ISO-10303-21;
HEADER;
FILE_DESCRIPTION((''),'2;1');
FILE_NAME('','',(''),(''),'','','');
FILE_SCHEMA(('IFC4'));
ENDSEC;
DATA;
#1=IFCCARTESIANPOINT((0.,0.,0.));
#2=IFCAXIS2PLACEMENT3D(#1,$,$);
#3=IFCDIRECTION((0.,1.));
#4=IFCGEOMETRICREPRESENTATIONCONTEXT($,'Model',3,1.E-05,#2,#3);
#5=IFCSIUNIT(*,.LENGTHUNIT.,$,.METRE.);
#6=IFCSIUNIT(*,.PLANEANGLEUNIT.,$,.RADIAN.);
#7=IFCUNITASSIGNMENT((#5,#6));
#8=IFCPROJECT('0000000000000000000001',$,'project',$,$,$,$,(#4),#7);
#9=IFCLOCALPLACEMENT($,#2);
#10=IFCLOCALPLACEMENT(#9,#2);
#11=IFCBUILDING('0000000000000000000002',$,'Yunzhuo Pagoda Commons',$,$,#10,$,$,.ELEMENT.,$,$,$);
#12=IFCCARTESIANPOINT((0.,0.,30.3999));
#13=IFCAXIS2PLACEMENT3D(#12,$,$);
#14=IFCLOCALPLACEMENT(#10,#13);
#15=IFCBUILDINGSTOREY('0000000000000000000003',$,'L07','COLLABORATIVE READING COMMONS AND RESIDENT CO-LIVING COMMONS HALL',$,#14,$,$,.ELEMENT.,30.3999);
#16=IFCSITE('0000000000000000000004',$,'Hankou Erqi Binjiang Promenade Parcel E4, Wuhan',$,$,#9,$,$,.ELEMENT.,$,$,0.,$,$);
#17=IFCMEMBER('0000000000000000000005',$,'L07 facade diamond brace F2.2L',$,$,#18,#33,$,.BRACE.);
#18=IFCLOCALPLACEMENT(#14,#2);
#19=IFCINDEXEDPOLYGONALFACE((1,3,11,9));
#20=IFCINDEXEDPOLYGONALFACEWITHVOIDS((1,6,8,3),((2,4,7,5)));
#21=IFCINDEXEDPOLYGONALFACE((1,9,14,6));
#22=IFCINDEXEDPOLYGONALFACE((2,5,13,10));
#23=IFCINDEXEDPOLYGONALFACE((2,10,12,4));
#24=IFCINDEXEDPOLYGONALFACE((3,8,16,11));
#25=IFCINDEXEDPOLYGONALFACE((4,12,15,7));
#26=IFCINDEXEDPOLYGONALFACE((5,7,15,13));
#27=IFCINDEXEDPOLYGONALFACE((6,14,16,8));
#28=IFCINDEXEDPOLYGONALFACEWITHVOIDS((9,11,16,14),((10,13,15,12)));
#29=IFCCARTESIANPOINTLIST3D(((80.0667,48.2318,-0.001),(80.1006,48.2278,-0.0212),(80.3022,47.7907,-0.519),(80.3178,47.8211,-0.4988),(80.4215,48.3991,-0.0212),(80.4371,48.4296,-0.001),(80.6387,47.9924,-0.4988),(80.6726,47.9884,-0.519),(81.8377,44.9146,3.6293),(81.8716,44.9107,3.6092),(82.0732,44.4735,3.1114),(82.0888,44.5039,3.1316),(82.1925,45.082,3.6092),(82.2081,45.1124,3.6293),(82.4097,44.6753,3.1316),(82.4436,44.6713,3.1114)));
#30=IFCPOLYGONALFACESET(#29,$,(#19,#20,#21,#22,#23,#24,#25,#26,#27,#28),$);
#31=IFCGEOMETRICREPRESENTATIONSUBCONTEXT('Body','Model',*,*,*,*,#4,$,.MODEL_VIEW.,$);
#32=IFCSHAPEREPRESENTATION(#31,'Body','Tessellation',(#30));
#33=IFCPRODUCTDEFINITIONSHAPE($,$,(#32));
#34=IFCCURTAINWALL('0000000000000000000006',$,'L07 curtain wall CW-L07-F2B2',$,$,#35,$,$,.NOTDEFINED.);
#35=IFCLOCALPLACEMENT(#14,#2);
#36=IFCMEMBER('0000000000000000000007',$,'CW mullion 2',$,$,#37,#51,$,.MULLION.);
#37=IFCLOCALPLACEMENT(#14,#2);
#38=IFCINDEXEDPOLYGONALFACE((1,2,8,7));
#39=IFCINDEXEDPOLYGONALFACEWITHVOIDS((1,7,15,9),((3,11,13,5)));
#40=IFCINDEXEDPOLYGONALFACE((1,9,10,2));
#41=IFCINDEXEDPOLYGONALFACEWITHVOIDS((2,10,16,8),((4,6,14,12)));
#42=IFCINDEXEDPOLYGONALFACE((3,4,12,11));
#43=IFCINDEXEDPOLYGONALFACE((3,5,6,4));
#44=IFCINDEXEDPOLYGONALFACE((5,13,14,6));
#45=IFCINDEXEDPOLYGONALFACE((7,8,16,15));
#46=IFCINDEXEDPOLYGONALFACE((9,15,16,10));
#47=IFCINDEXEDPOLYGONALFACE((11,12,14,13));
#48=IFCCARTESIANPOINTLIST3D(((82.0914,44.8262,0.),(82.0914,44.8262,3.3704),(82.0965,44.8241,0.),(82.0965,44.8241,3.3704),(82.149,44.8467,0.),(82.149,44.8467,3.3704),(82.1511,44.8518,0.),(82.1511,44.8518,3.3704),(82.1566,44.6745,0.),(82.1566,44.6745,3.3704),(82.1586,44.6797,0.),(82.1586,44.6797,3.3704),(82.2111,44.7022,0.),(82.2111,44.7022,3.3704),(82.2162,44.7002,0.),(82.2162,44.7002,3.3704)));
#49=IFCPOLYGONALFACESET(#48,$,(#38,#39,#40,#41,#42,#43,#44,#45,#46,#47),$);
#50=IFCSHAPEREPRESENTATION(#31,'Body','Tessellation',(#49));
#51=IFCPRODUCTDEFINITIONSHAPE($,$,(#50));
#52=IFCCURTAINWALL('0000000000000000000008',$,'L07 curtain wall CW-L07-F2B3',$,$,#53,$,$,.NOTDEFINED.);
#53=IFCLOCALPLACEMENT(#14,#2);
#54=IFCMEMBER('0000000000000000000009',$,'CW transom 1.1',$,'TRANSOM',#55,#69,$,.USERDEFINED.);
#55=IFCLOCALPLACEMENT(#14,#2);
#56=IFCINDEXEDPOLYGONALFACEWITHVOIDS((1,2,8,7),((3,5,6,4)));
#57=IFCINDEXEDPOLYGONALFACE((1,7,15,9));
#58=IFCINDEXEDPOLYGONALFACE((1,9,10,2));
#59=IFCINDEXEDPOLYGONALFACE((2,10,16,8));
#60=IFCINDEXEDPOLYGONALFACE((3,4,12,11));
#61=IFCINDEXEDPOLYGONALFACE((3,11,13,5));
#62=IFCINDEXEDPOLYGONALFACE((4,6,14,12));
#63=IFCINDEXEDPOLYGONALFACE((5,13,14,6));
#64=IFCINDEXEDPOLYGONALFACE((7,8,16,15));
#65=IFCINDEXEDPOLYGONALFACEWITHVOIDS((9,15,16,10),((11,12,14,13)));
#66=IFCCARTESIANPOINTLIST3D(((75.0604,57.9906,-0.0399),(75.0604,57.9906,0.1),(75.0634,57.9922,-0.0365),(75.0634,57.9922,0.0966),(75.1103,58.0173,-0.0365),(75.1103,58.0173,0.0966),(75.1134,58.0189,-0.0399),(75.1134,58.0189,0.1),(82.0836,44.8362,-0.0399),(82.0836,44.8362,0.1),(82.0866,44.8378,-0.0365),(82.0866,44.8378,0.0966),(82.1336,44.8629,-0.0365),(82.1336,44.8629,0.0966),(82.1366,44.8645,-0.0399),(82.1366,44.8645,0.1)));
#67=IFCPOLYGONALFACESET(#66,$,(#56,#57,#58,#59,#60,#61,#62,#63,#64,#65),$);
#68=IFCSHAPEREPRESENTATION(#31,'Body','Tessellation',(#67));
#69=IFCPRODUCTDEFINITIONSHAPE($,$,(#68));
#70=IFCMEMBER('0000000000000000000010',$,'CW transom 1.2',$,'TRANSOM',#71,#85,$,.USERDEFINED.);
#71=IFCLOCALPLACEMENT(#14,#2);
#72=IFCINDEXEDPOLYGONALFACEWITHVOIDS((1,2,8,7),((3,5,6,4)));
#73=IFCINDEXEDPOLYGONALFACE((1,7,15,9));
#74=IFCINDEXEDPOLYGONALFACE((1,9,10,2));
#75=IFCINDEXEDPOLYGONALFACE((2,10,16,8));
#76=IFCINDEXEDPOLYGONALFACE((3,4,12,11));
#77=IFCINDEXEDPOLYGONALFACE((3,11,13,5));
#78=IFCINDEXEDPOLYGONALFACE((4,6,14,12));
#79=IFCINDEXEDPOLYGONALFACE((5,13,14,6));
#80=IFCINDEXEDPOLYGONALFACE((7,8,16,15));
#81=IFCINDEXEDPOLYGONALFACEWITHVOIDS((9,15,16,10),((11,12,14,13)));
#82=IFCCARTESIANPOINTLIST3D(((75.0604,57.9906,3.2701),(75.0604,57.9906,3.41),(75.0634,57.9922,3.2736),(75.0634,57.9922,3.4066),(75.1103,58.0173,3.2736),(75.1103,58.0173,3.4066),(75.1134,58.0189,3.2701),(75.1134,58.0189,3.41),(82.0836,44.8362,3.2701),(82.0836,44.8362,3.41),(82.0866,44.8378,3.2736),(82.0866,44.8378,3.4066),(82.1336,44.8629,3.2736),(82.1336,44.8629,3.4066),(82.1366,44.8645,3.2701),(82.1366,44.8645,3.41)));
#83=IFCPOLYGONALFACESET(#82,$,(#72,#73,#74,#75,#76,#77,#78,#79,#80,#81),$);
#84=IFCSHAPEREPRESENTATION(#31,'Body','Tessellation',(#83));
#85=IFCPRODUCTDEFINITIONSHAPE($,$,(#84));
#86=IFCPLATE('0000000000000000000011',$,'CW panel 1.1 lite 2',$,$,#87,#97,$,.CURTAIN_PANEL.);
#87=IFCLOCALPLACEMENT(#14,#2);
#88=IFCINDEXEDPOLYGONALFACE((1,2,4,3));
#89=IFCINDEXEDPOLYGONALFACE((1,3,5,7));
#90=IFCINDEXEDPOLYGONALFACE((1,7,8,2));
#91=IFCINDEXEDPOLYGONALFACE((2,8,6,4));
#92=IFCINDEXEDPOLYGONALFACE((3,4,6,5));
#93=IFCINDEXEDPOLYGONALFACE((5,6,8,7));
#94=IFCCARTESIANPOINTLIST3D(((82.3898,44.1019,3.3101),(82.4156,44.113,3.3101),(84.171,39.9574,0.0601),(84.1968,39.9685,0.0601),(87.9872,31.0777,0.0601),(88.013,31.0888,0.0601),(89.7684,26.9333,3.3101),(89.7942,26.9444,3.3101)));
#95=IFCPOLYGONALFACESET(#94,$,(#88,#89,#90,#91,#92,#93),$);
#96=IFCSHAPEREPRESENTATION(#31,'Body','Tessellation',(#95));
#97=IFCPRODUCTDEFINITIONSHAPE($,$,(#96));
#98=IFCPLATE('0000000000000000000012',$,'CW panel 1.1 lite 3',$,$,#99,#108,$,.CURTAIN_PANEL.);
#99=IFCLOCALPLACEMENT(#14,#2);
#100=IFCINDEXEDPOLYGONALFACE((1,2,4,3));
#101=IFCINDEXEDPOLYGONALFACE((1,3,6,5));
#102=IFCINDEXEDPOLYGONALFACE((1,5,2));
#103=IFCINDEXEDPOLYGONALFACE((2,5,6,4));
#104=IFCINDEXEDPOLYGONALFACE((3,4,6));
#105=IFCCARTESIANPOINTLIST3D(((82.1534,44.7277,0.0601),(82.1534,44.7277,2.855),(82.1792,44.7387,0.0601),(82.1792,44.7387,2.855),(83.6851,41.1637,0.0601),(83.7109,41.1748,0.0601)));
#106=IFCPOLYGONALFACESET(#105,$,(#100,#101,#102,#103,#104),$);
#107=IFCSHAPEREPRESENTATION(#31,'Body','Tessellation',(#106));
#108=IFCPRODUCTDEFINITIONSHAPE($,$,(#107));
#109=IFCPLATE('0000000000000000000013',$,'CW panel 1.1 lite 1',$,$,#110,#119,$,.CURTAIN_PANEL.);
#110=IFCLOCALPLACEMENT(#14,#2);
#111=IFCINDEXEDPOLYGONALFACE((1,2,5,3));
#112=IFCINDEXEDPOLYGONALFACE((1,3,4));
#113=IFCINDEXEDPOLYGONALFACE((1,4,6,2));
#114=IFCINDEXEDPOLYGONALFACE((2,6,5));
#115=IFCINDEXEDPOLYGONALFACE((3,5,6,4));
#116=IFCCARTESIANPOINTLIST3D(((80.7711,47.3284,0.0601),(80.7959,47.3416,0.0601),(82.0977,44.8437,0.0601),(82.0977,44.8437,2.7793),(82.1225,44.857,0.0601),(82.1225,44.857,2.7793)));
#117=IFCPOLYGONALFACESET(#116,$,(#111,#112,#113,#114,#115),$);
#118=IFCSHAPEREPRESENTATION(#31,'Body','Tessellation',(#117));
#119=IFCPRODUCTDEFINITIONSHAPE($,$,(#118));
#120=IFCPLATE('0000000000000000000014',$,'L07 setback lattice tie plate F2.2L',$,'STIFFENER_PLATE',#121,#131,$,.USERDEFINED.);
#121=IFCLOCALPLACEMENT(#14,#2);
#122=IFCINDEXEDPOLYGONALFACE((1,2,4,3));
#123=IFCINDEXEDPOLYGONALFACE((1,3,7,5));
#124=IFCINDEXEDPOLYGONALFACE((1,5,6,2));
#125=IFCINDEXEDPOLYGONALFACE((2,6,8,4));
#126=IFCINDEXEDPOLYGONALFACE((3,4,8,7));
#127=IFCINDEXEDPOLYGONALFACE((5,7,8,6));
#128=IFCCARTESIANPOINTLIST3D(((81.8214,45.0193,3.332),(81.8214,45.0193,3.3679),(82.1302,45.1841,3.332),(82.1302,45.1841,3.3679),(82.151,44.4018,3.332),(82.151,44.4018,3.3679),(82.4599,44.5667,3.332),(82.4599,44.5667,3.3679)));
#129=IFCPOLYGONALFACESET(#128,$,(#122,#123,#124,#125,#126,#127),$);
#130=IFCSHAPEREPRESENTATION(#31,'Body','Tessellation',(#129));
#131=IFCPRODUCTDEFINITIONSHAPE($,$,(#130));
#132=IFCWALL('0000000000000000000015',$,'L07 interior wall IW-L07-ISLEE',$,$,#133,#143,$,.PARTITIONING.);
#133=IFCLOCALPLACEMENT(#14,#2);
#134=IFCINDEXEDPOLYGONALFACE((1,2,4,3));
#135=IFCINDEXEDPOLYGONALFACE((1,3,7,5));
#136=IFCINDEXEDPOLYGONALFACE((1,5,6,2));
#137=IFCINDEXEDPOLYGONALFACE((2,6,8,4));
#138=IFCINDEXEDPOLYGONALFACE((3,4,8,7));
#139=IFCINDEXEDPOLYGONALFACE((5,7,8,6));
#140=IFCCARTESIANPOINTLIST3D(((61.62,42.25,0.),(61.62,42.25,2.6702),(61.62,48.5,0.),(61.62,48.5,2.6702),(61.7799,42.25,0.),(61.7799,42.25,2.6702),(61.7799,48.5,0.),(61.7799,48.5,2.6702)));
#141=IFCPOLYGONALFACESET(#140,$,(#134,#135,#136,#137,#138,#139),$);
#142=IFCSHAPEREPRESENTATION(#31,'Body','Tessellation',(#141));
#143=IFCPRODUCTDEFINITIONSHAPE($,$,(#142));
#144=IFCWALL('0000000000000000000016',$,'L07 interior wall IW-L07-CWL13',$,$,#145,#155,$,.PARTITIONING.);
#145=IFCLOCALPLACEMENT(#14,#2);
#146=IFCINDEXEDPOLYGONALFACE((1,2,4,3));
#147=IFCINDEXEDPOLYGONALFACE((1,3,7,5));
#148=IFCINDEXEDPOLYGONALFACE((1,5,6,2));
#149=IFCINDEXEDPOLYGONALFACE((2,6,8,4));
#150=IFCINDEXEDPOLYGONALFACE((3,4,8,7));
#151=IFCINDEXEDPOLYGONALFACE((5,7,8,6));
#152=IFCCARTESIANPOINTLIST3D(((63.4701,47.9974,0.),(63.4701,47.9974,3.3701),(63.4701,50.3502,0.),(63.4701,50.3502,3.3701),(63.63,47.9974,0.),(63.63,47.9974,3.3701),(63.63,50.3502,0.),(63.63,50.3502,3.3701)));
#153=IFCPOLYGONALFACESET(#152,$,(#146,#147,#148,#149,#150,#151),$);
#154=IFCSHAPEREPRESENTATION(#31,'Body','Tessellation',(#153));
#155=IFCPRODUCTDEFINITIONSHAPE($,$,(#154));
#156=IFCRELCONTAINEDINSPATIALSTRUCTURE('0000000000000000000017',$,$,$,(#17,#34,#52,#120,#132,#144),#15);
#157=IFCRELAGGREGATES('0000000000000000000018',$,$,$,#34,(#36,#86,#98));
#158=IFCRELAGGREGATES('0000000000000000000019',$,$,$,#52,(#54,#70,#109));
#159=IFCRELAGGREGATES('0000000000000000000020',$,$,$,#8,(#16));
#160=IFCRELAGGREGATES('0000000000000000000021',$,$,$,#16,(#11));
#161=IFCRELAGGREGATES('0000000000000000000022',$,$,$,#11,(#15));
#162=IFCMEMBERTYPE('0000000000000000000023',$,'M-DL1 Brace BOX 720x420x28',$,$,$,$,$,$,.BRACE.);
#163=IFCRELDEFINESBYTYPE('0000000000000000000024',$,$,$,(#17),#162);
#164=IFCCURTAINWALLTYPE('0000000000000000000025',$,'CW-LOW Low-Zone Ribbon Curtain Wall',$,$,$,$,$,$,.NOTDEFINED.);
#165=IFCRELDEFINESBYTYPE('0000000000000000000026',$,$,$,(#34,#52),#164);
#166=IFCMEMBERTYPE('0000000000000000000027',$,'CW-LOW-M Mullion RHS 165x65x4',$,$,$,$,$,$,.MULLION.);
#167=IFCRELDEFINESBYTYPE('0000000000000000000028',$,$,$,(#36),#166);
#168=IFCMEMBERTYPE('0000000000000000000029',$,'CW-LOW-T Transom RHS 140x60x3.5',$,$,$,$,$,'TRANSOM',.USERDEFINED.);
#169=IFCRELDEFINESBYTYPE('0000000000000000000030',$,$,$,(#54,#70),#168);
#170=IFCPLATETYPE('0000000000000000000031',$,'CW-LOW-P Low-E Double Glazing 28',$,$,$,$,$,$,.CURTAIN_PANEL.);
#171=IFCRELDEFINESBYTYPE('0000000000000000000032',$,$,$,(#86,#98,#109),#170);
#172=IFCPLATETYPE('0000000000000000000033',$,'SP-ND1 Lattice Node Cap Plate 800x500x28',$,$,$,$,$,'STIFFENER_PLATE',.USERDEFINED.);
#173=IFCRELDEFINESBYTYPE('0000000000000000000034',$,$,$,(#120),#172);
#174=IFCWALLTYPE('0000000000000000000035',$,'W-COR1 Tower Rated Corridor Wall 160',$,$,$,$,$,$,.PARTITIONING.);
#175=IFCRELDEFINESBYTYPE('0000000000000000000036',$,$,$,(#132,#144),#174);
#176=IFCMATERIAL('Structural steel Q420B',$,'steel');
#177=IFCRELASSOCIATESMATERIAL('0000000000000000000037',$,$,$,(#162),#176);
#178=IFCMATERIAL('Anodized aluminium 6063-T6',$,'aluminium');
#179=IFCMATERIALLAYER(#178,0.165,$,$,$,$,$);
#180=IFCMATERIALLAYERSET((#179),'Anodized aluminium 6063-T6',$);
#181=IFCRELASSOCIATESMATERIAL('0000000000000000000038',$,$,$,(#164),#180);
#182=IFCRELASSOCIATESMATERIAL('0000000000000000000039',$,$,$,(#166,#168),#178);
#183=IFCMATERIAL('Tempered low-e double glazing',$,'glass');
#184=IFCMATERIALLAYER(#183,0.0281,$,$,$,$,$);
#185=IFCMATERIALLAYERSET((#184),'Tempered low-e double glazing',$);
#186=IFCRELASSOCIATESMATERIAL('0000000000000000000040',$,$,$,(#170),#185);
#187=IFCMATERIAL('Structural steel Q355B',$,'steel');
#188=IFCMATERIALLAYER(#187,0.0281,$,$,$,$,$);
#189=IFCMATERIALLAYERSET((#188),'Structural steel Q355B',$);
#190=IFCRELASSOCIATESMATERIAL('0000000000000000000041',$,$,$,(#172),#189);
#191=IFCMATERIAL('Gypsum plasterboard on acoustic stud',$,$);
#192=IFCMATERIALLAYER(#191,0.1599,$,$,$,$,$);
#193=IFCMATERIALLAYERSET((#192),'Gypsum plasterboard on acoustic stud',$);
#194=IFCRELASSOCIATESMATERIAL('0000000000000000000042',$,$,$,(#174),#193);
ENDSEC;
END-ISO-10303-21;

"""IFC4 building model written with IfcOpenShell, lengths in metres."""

from ifc_helpers import new_model, si_unit, direction, frame, frame_2d, origin, origin_2d, place, context, subcontext, project, spatial, polyline, rectangle, hollow_rectangle, outline, extrude, source, transform, mapped, material, layer, layer_set, material_profile, profile_set, type_object, element, aggregate, save


model = new_model("IFC4")

# Units and contexts
model_context = context("Model", 3, precision=1e-05, world=origin(), true_north=direction((0.0, 1.0)))
body_context = subcontext(model_context, "Body", "Model", "MODEL_VIEW")
ifc_project = project(units=[si_unit("LENGTHUNIT", "METRE"), si_unit("PLANEANGLEUNIT", "RADIAN")], contexts=[model_context])

# Site, building, storey
site_placement = place(None, origin())
site = spatial("IfcSite", under=ifc_project, at=site_placement, Name="Hankou Erqi Binjiang Promenade Parcel E4, Wuhan", CompositionType="ELEMENT", RefElevation=0.0)
building_placement = place(site_placement, origin())
building = spatial("IfcBuilding", under=site, at=building_placement, Name="Yunzhuo Pagoda Commons", CompositionType="ELEMENT")
storey_placement = place(building_placement, frame((0.0, 0.0, 30.3999)))
storey = spatial("IfcBuildingStorey", under=building, at=storey_placement, Name="L07", Description="COLLABORATIVE READING COMMONS AND RESIDENT CO-LIVING COMMONS HALL", CompositionType="ELEMENT", Elevation=30.3999)

# Shared definitions
ifc_material_1 = material(Name="Structural steel Q420B", Category="steel")

# Shared definitions
ifc_material_2 = material(Name="Structural steel Q355B", Category="steel")

# Member
ifc_material_profile_1 = material_profile(ifc_material_1, hollow_rectangle(XDim=0.4199, YDim=0.72, WallThickness=0.0281, at=origin_2d()), Name="Structural steel Q420B")
ifc_profile_set_1 = profile_set([ifc_material_profile_1], Name="Structural steel Q420B")
member_type_1 = type_object("IfcMemberType", Name="M-DL1 Brace BOX 720x420x28", PredefinedType="BRACE", material=ifc_profile_set_1)
shared_shape_1 = source(origin(), body_context, "Body", "SweptSolid", [
    extrude(hollow_rectangle(XDim=0.4199, YDim=0.72, WallThickness=0.0281, at=origin_2d()), origin(), (0.0, 0.0, 1.0), 5.2268),
])
member_1_placement = place(storey_placement, frame((80.3696, 48.1101, -0.26), z_axis=(0.33883, -0.634641, 0.694569), x_axis=(0.882148, 0.470972, 0.0)))
element("IfcMember", 1, at=member_1_placement, inside=storey, type_object=member_type_1, Name="L07 facade diamond brace F2.2L", PredefinedType="BRACE", context=body_context, shape_type="MappedRepresentation", body=[
    mapped(shared_shape_1, transform((0.0, 0.0, 0.0), scale=1.0)),
])

# Curtain wall, member
ifc_material_3 = material(Name="Anodized aluminium 6063-T6", Category="aluminium")
ifc_layer_1 = layer(ifc_material_3, 0.165)
ifc_layer_set_1 = layer_set([ifc_layer_1], Name="Anodized aluminium 6063-T6")
curtain_wall_type = type_object("IfcCurtainWallType", Name="CW-LOW Low-Zone Ribbon Curtain Wall", PredefinedType="NOTDEFINED", material=ifc_layer_set_1)
curtain_wall_1_placement = place(storey_placement, origin())
curtain_wall_1 = element("IfcCurtainWall", 2, at=curtain_wall_1_placement, inside=storey, type_object=curtain_wall_type, Name="L07 curtain wall CW-L07-F2B2", PredefinedType="NOTDEFINED")
ifc_material_profile_2 = material_profile(ifc_material_3, hollow_rectangle(XDim=0.0649, YDim=0.165, WallThickness=0.0039, at=origin_2d()), Name="Anodized aluminium 6063-T6")
ifc_profile_set_2 = profile_set([ifc_material_profile_2], Name="Anodized aluminium 6063-T6")
member_type_2 = type_object("IfcMemberType", Name="CW-LOW-M Mullion RHS 165x65x4", PredefinedType="MULLION", material=ifc_profile_set_2)
shared_shape_2 = source(origin(), body_context, "Body", "SweptSolid", [
    extrude(hollow_rectangle(XDim=0.0649, YDim=0.165, WallThickness=0.0039, at=origin_2d()), origin(), (0.0, 0.0, 1.0), 3.3704),
])
member_2_placement = place(storey_placement, frame((82.1538, 44.7632, 0.0), z_axis=(0.0, 0.0, 1.0), x_axis=(-0.918745, -0.394851, 0.0)))
member_2 = element("IfcMember", 3, at=member_2_placement, type_object=member_type_2, Name="CW mullion 2", PredefinedType="MULLION", context=body_context, shape_type="MappedRepresentation", body=[
    mapped(shared_shape_2, transform((0.0, 0.0, 0.0), scale=1.0)),
])

# Curtain wall, members
curtain_wall_2_placement = place(storey_placement, origin())
curtain_wall_2 = element("IfcCurtainWall", 4, at=curtain_wall_2_placement, inside=storey, type_object=curtain_wall_type, Name="L07 curtain wall CW-L07-F2B3", PredefinedType="NOTDEFINED")
ifc_material_profile_3 = material_profile(ifc_material_3, hollow_rectangle(XDim=0.0601, YDim=0.1399, WallThickness=0.0034, at=origin_2d()), Name="Anodized aluminium 6063-T6")
ifc_profile_set_3 = profile_set([ifc_material_profile_3], Name="Anodized aluminium 6063-T6")
member_type_3 = type_object("IfcMemberType", Name="CW-LOW-T Transom RHS 140x60x3.5", ElementType="TRANSOM", PredefinedType="USERDEFINED", material=ifc_profile_set_3)
shared_shape_3 = source(origin(), body_context, "Body", "SweptSolid", [
    extrude(hollow_rectangle(XDim=0.0601, YDim=0.1399, WallThickness=0.0034, at=origin_2d()), origin(), (0.0, 0.0, 1.0), 14.9119),
])
member_3_placement = place(storey_placement, frame((82.1101, 44.8503, 0.03), z_axis=(-0.470983, 0.882142, 0.0), x_axis=(-0.882142, -0.470983, 0.0)))
member_3 = element("IfcMember", 5, at=member_3_placement, type_object=member_type_3, Name="CW transom 1.1", ObjectType="TRANSOM", PredefinedType="USERDEFINED", context=body_context, shape_type="MappedRepresentation", body=[
    mapped(shared_shape_3, transform((0.0, 0.0, 0.0), scale=1.0)),
])
member_4_placement = place(storey_placement, frame((82.1101, 44.8503, 3.3401), z_axis=(-0.470983, 0.882142, 0.0), x_axis=(-0.882142, -0.470983, 0.0)))
member_4 = element("IfcMember", 6, at=member_4_placement, type_object=member_type_3, Name="CW transom 1.2", ObjectType="TRANSOM", PredefinedType="USERDEFINED", context=body_context, shape_type="MappedRepresentation", body=[
    mapped(shared_shape_3, transform((0.0, 0.0, 0.0), scale=1.0)),
])

# Plates
ifc_material_4 = material(Name="Tempered low-e double glazing", Category="glass")
ifc_layer_2 = layer(ifc_material_4, 0.0281)
ifc_layer_set_2 = layer_set([ifc_layer_2], Name="Tempered low-e double glazing")
plate_type_1 = type_object("IfcPlateType", Name="CW-LOW-P Low-E Double Glazing 28", PredefinedType="CURTAIN_PANEL", material=ifc_layer_set_2)
plate_1_placement = place(storey_placement, frame((86.0791, 35.5176, 1.6851), z_axis=(0.918745, 0.394851, 0.0), x_axis=(-0.394851, 0.918745, 0.0)))
plate_1 = element("IfcPlate", 7, at=plate_1_placement, type_object=plate_type_1, Name="CW panel 1.1 lite 2", PredefinedType="CURTAIN_PANEL", context=body_context, shape_type="SweptSolid", body=[
    extrude(outline(polyline([(-9.3435, 1.625), (-4.8325, -1.625), (4.8325, -1.625), (9.3435, 1.625), (-9.3435, 1.625)])), origin(), (0.0, 0.0, 1.0), 0.0281),
])
plate_2_placement = place(storey_placement, frame((82.9192, 42.9458, 1.4575), z_axis=(0.918745, 0.394851, 0.0), x_axis=(-0.394851, 0.918745, 0.0)))
plate_2 = element("IfcPlate", 8, at=plate_2_placement, type_object=plate_type_1, Name="CW panel 1.1 lite 3", PredefinedType="CURTAIN_PANEL", context=body_context, shape_type="SweptSolid", body=[
    extrude(outline(polyline([(-1.9397, -1.3975), (1.9395, -1.3975), (1.9395, 1.3975), (-1.9397, -1.3975)])), origin(), (0.0, 0.0, 1.0), 0.0281),
])
aggregate(curtain_wall_1, [member_2, plate_1, plate_2])
plate_3_placement = place(storey_placement, frame((81.4343, 46.0862, 1.4197), z_axis=(0.882141, 0.470985, 0.0), x_axis=(-0.470985, 0.882141, 0.0)))
plate_3 = element("IfcPlate", 9, at=plate_3_placement, type_object=plate_type_1, Name="CW panel 1.1 lite 1", PredefinedType="CURTAIN_PANEL", context=body_context, shape_type="SweptSolid", body=[
    extrude(outline(polyline([(-1.4084, -1.3596), (1.4082, -1.3596), (-1.4084, 1.3596), (-1.4084, -1.3596)])), origin(), (0.0, 0.0, 1.0), 0.0281),
])
aggregate(curtain_wall_2, [member_3, member_4, plate_3])
ifc_layer_3 = layer(ifc_material_2, 0.0281)
ifc_layer_set_3 = layer_set([ifc_layer_3], Name="Structural steel Q355B")
plate_type_2 = type_object("IfcPlateType", Name="SP-ND1 Lattice Node Cap Plate 800x500x28", ElementType="STIFFENER_PLATE", PredefinedType="USERDEFINED", material=ifc_layer_set_3)
shared_shape_4 = source(origin(), body_context, "Body", "SweptSolid", [
    extrude(rectangle(XDim=0.7, YDim=0.3501, at=origin_2d()), origin(), (0.0, 0.0, 1.0), 0.0359),
])
plate_4_placement = place(storey_placement, frame((82.1406, 44.793, 3.332), z_axis=(0.0, 0.0, 1.0), x_axis=(-0.470981, 0.882143, 0.0)))
element("IfcPlate", 10, at=plate_4_placement, inside=storey, type_object=plate_type_2, Name="L07 setback lattice tie plate F2.2L", ObjectType="STIFFENER_PLATE", PredefinedType="USERDEFINED", context=body_context, shape_type="MappedRepresentation", body=[
    mapped(shared_shape_4, transform((0.0, 0.0, 0.0), scale=1.0)),
])

# Walls
ifc_material_5 = material(Name="Gypsum plasterboard on acoustic stud")
ifc_layer_4 = layer(ifc_material_5, 0.1599)
ifc_layer_set_4 = layer_set([ifc_layer_4], Name="Gypsum plasterboard on acoustic stud")
wall_type_1 = type_object("IfcWallType", Name="W-COR1 Tower Rated Corridor Wall 160", PredefinedType="PARTITIONING", material=ifc_layer_set_4)
wall_1_placement = place(storey_placement, frame((61.7, 42.25, 0.0), z_axis=(0.0, 0.0, 1.0), x_axis=(0.0, 1.0, 0.0)))
element("IfcWall", 11, at=wall_1_placement, inside=storey, type_object=wall_type_1, Name="L07 interior wall IW-L07-ISLEE", PredefinedType="PARTITIONING", context=body_context, shape_type="SweptSolid", body=[
    extrude(rectangle(XDim=6.25, YDim=0.1599, at=frame_2d((3.125, 0.0))), origin(), (0.0, 0.0, 1.0), 2.6702),
])
wall_2_placement = place(storey_placement, frame((63.55, 50.3501, 0.0), z_axis=(0.0, 0.0, 1.0), x_axis=(0.0, -1.0, 0.0)))
element("IfcWall", 12, at=wall_2_placement, inside=storey, type_object=wall_type_1, Name="L07 interior wall IW-L07-CWL13", PredefinedType="PARTITIONING", context=body_context, shape_type="SweptSolid", body=[
    extrude(rectangle(XDim=2.3528, YDim=0.1599, at=frame_2d((1.1763, 0.0))), origin(), (0.0, 0.0, 1.0), 3.3701),
])

save(model, "model.ifc")
